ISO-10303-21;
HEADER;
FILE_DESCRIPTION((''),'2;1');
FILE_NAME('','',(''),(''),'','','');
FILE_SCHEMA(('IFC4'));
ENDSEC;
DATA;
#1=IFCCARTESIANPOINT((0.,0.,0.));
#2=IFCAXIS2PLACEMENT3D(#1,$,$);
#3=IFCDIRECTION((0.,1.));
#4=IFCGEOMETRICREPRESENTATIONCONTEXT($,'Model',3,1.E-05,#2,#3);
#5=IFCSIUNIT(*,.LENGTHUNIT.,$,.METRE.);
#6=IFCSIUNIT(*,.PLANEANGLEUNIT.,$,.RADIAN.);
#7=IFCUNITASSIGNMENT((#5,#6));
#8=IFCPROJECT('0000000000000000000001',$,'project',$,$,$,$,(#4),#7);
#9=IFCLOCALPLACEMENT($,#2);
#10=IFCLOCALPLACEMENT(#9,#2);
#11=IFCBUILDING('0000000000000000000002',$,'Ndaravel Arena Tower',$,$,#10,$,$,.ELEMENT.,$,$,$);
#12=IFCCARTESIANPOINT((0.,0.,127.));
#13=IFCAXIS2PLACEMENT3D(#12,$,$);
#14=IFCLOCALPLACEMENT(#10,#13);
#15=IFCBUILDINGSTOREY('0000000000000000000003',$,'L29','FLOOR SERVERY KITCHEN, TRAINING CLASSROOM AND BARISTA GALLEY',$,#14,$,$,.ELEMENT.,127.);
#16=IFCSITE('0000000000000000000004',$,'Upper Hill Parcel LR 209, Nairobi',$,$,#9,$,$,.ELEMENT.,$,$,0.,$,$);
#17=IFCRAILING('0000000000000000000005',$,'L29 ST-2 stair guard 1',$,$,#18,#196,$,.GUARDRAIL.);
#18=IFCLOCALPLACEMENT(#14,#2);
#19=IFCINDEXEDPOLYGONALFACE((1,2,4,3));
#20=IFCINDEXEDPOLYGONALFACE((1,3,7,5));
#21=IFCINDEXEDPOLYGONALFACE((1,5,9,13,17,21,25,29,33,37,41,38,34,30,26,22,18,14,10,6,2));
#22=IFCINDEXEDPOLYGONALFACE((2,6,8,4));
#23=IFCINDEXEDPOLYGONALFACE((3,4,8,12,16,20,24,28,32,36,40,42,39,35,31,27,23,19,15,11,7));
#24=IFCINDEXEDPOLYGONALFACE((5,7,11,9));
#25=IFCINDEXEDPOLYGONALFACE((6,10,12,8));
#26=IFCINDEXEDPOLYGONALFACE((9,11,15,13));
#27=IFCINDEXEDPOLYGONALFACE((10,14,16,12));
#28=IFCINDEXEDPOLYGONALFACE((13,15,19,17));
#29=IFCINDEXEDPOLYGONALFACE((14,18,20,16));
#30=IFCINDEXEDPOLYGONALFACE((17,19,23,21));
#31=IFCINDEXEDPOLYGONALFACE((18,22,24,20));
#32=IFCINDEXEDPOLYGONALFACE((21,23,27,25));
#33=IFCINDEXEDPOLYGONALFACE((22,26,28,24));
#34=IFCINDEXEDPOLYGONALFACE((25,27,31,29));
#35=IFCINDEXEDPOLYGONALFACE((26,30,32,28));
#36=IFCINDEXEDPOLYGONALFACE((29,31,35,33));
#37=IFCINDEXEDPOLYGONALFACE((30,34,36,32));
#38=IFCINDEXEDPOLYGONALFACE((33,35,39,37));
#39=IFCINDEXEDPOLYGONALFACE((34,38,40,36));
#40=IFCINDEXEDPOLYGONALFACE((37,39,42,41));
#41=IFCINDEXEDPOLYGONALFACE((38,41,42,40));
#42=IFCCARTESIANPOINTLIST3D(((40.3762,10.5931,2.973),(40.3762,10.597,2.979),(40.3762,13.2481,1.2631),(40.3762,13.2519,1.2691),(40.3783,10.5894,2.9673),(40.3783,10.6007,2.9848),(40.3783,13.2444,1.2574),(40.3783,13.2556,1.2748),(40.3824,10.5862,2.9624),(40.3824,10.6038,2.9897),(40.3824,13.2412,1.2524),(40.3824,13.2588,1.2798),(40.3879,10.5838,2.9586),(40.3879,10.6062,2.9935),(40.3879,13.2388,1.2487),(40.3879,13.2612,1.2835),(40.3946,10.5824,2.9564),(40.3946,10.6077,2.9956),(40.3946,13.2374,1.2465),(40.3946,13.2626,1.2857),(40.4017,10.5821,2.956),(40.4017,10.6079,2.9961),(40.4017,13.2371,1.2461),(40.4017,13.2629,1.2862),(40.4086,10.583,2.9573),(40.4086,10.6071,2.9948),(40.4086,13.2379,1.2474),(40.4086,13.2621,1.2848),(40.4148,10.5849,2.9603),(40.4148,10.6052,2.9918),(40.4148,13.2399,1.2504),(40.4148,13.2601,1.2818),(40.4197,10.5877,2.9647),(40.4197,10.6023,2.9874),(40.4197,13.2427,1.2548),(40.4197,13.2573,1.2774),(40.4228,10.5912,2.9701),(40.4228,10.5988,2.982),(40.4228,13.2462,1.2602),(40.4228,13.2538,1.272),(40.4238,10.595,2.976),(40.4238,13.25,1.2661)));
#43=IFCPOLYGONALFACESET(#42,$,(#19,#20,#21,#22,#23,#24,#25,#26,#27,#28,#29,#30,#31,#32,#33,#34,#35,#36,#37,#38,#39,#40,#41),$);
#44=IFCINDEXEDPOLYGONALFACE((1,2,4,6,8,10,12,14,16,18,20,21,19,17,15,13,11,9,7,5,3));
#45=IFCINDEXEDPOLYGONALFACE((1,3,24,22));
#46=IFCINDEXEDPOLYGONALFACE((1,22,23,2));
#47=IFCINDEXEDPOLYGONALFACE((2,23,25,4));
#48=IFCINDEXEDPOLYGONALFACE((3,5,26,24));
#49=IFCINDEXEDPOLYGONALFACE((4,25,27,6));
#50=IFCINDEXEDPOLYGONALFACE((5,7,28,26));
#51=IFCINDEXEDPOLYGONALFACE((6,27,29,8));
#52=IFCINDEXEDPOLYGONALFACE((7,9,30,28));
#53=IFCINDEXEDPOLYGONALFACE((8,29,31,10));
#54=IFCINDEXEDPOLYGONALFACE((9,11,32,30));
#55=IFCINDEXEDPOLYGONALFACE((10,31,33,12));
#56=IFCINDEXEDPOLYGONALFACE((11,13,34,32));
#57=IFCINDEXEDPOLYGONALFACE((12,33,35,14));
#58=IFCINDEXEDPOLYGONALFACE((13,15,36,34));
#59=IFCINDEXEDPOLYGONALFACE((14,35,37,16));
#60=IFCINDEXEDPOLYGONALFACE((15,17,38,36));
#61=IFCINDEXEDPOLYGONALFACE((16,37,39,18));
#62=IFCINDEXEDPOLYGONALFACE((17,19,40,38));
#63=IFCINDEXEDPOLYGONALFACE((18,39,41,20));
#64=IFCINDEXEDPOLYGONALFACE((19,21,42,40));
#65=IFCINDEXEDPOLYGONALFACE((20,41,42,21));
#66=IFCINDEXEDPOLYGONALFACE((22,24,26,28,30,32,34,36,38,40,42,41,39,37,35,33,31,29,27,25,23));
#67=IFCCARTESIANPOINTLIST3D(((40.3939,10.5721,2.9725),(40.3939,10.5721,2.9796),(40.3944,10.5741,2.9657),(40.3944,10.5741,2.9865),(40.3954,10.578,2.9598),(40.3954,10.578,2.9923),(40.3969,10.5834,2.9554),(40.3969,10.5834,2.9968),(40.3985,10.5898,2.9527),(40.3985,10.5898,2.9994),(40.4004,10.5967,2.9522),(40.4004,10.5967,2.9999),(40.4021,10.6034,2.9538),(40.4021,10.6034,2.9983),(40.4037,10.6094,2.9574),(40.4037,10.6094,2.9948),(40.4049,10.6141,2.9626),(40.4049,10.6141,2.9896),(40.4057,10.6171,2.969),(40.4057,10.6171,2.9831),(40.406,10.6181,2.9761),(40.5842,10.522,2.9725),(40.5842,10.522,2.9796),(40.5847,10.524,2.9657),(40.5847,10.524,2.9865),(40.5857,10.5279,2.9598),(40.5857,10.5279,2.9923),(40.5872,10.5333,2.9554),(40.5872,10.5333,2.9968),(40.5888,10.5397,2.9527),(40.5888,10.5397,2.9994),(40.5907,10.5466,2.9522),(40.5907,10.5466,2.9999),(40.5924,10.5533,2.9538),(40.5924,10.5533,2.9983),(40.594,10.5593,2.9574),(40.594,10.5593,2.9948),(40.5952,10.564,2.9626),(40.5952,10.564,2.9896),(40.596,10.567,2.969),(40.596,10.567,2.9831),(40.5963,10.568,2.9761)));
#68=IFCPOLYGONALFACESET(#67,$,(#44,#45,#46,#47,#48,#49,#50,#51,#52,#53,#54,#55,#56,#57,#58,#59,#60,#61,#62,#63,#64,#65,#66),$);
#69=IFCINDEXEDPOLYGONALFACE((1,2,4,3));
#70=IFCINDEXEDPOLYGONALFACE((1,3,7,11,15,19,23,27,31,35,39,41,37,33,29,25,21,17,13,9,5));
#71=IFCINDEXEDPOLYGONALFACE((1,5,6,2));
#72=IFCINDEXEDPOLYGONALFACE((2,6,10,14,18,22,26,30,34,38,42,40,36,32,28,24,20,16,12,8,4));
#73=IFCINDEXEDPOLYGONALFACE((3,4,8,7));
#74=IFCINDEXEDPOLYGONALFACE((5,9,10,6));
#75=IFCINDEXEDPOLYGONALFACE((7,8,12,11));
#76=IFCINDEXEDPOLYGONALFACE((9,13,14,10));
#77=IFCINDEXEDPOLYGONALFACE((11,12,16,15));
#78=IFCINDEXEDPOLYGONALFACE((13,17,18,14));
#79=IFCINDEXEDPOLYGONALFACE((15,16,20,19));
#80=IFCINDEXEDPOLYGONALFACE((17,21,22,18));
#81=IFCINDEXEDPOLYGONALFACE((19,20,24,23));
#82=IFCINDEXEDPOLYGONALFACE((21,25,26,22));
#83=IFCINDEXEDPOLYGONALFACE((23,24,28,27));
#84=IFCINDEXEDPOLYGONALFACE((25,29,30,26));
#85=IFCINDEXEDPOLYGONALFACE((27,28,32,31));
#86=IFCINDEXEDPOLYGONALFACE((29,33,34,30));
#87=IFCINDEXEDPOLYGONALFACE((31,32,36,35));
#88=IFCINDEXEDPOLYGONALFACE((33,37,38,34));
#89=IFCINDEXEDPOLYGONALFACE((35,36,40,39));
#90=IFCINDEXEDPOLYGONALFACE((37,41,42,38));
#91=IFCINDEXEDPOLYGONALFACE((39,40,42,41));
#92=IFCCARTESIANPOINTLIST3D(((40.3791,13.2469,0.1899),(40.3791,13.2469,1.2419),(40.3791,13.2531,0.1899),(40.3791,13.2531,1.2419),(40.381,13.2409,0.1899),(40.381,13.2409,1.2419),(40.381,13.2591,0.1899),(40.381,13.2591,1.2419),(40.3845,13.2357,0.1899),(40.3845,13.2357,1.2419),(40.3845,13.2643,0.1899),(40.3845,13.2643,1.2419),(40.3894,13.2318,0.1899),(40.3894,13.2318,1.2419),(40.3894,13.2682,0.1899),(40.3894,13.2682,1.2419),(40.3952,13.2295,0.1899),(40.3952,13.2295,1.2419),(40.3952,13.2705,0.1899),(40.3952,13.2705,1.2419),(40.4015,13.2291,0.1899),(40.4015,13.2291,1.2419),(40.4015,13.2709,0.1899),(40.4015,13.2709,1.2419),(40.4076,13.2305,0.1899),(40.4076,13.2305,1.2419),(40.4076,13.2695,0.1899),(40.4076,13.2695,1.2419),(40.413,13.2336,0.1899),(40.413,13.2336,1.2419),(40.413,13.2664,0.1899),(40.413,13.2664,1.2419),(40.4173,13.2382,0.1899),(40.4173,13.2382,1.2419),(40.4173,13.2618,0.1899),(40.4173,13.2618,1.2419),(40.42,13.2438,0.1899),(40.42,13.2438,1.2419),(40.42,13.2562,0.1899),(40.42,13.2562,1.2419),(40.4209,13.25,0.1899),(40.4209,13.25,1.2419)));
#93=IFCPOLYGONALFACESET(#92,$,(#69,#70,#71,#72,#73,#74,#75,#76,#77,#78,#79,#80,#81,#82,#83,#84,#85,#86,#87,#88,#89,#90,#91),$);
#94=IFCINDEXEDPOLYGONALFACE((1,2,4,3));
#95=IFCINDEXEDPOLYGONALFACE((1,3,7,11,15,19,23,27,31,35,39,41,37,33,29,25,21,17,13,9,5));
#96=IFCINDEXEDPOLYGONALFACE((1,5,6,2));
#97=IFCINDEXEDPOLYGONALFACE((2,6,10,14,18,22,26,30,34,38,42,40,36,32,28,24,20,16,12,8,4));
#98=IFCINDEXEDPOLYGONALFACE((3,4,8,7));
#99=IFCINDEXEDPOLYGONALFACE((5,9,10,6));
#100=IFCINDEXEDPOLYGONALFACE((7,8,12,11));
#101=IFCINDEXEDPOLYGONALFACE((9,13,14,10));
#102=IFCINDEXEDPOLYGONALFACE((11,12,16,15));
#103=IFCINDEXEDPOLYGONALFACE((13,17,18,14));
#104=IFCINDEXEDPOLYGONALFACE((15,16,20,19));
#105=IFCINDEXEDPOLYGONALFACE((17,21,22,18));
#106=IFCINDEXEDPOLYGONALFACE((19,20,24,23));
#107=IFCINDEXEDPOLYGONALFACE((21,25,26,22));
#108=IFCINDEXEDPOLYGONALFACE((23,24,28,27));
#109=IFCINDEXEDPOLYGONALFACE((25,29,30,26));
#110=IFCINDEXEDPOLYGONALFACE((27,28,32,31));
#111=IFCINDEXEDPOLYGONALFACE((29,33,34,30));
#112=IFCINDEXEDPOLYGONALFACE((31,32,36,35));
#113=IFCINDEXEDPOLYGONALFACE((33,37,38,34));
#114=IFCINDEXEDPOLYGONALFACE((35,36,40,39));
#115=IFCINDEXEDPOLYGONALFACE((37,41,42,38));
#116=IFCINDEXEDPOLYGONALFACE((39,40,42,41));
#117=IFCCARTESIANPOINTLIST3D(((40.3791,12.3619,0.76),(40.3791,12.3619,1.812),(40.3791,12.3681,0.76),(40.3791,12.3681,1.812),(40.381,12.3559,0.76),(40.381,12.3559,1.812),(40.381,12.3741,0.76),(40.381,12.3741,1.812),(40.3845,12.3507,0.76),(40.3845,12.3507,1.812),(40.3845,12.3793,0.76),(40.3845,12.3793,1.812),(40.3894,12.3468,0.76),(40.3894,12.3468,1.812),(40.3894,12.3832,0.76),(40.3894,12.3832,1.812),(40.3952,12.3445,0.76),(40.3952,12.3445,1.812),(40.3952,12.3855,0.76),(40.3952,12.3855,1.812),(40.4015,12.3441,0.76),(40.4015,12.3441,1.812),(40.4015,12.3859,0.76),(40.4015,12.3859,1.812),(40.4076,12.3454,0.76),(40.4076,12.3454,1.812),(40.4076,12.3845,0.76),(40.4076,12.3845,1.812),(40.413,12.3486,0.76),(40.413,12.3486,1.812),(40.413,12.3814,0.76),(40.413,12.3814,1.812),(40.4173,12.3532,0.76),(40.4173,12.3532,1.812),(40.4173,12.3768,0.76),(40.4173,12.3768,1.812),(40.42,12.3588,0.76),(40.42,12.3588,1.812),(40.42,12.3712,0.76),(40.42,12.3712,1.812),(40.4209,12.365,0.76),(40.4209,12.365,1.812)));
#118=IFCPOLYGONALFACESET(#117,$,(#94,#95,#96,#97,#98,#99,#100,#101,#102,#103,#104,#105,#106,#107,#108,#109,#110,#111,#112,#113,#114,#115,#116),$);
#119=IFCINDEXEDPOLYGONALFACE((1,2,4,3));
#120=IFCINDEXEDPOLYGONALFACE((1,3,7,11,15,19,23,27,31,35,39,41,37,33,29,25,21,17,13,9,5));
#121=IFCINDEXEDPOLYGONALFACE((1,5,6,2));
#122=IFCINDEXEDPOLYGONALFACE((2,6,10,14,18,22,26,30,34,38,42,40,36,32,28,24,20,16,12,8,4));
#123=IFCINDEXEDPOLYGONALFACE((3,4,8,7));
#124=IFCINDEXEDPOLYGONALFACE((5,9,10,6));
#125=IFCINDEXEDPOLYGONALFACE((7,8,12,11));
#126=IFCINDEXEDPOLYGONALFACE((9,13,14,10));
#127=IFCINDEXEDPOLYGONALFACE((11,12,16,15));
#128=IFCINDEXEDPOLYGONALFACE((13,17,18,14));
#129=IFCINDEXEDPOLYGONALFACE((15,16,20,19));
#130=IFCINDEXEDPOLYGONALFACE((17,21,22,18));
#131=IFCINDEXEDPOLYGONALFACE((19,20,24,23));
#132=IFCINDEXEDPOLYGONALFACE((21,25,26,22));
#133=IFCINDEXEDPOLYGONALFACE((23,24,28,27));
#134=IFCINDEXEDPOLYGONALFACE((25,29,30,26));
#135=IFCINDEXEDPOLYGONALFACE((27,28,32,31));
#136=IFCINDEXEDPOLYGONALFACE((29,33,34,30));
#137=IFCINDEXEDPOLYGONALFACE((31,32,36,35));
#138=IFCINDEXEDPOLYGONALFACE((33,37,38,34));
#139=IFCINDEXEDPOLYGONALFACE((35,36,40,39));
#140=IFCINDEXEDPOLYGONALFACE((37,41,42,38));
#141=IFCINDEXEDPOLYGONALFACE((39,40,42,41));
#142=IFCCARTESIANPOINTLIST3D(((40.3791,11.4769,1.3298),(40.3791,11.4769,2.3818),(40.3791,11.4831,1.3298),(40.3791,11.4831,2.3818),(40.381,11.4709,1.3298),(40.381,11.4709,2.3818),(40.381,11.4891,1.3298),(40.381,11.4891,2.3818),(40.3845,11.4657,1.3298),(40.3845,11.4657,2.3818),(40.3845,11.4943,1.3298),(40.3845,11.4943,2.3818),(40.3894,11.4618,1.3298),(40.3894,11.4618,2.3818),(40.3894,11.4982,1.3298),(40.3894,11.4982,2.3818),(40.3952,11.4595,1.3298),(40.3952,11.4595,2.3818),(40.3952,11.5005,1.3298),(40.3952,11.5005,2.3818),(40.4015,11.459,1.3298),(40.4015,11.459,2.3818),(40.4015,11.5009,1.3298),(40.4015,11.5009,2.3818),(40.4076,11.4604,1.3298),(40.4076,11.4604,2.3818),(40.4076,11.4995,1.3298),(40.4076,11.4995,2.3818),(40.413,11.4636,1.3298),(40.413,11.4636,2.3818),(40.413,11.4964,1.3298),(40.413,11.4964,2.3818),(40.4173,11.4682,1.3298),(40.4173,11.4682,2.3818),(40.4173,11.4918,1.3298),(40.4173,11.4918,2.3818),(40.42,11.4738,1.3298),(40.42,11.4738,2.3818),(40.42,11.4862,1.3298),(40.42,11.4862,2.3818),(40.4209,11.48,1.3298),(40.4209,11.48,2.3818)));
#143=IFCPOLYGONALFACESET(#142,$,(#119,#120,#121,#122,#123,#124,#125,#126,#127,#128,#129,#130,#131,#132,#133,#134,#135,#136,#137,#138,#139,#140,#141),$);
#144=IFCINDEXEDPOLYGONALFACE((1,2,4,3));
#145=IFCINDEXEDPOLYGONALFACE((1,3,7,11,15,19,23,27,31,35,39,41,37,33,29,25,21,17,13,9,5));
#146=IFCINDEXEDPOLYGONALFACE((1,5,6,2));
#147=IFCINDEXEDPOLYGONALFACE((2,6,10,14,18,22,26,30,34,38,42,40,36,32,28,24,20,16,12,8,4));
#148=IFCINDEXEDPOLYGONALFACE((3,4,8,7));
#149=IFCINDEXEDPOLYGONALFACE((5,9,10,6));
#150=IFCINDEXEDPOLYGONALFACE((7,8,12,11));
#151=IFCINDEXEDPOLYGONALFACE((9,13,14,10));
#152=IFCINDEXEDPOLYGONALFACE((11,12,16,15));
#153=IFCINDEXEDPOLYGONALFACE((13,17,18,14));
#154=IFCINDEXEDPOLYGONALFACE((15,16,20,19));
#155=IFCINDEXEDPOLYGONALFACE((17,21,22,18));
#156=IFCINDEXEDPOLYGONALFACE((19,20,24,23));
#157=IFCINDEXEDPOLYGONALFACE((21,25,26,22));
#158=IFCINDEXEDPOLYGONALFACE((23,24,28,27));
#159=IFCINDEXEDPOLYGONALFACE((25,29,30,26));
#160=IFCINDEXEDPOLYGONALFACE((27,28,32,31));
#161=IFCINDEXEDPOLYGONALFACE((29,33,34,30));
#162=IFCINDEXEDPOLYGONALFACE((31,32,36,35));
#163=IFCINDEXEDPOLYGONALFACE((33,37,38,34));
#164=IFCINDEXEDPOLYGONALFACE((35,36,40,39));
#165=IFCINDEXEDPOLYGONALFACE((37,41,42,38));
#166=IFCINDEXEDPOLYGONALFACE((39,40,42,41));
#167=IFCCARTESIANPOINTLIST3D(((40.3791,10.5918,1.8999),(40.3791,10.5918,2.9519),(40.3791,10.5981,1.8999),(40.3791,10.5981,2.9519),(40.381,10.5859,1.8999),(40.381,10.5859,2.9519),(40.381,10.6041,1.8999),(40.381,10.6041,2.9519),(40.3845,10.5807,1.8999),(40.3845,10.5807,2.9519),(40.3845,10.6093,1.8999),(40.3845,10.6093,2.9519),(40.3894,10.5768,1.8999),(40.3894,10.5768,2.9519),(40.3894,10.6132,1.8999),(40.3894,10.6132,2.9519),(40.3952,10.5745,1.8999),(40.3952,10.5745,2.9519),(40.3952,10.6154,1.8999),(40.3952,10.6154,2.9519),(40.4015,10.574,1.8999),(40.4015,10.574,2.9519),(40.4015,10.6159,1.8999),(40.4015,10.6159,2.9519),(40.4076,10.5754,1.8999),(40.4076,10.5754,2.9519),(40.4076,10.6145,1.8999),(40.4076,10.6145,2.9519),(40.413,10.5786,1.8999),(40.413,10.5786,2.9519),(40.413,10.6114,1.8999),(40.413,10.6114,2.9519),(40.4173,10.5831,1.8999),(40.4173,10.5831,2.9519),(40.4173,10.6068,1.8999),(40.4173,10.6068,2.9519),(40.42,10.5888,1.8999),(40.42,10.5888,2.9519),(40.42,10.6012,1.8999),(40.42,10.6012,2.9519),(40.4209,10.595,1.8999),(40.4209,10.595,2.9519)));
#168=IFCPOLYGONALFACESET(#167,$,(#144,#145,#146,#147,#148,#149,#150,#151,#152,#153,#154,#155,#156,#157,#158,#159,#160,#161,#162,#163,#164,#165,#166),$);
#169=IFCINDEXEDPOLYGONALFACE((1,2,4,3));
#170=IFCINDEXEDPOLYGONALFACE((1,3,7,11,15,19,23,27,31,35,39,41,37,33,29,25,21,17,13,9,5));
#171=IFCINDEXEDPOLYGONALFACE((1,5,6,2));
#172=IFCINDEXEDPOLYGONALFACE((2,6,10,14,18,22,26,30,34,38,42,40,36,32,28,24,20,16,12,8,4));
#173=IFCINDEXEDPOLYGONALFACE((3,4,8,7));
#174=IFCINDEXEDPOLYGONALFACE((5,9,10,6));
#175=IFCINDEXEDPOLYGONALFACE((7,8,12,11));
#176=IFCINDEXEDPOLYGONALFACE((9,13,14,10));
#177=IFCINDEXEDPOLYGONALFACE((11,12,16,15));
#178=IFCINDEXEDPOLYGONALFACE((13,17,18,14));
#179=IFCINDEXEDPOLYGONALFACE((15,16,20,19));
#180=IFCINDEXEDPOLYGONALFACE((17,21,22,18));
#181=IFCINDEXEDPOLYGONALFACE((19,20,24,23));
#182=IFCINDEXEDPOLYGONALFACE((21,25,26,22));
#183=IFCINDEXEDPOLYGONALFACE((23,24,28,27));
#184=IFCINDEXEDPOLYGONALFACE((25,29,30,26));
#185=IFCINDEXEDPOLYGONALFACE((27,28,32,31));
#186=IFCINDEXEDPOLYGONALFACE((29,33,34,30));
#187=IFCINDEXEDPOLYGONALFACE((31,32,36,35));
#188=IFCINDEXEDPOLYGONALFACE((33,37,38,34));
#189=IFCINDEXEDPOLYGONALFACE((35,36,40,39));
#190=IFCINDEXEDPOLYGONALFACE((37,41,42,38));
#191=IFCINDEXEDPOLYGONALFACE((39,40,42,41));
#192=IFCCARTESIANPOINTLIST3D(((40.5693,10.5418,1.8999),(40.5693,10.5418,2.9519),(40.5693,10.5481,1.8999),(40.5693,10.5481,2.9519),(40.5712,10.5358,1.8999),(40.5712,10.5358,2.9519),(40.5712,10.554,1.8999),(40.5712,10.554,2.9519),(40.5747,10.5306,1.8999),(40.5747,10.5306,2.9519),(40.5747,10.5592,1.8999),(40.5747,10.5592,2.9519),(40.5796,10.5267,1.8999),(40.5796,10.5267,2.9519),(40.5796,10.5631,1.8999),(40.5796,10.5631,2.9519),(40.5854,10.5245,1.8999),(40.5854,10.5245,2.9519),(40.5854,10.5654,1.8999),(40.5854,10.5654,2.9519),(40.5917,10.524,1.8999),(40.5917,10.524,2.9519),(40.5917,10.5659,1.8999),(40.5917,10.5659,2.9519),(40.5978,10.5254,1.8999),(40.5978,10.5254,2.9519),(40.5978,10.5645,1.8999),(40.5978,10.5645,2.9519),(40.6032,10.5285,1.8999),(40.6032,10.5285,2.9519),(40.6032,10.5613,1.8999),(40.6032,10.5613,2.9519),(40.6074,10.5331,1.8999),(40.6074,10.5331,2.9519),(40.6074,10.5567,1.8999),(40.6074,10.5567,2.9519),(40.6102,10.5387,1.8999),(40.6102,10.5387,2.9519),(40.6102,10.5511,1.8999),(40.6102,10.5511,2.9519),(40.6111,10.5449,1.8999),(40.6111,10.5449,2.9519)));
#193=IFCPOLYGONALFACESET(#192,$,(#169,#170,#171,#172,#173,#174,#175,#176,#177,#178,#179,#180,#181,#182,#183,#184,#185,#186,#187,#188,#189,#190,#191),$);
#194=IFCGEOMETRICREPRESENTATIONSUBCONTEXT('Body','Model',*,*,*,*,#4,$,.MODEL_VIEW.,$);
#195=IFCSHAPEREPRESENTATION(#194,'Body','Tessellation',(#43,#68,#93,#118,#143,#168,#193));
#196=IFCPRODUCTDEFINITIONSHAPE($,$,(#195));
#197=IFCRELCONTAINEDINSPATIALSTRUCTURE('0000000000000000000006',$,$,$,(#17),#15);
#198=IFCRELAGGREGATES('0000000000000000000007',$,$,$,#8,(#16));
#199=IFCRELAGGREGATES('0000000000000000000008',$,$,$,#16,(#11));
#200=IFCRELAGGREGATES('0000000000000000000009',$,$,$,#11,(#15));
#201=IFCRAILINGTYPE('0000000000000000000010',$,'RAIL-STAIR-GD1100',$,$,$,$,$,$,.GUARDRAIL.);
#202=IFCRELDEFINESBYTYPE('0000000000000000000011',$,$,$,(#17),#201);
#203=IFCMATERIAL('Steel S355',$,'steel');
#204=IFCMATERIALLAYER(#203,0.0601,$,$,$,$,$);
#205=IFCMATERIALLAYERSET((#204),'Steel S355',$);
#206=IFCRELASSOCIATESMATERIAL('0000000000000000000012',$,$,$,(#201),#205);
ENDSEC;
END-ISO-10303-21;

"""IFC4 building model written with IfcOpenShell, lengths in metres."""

from ifc_helpers import new_model, si_unit, direction, frame, origin, origin_2d, place, context, subcontext, project, spatial, circle, extrude, material, layer, layer_set, type_object, element, save


model = new_model("IFC4")

# Units and contexts
model_context = context("Model", 3, precision=1e-05, world=origin(), true_north=direction((0.0, 1.0)))
body_context = subcontext(model_context, "Body", "Model", "MODEL_VIEW")
ifc_project = project(units=[si_unit("LENGTHUNIT", "METRE"), si_unit("PLANEANGLEUNIT", "RADIAN")], contexts=[model_context])

# Site, building, storey
site_placement = place(None, origin())
site = spatial("IfcSite", under=ifc_project, at=site_placement, Name="Upper Hill Parcel LR 209, Nairobi", CompositionType="ELEMENT", RefElevation=0.0)
building_placement = place(site_placement, origin())
building = spatial("IfcBuilding", under=site, at=building_placement, Name="Ndaravel Arena Tower", CompositionType="ELEMENT")
storey_placement = place(building_placement, frame((0.0, 0.0, 127.0)))
storey = spatial("IfcBuildingStorey", under=building, at=storey_placement, Name="L29", Description="FLOOR SERVERY KITCHEN, TRAINING CLASSROOM AND BARISTA GALLEY", CompositionType="ELEMENT", Elevation=127.0)

# Railing
ifc_material_1 = material(Name="Steel S355", Category="steel")
ifc_layer_1 = layer(ifc_material_1, 0.0601)
ifc_layer_set_1 = layer_set([ifc_layer_1], Name="Steel S355")
railing_type_1 = type_object("IfcRailingType", Name="RAIL-STAIR-GD1100", PredefinedType="GUARDRAIL", material=ifc_layer_set_1)
railing_1_placement = place(storey_placement, frame((40.3999, 13.25, 0.1899)))
element("IfcRailing", 1, at=railing_1_placement, inside=storey, type_object=railing_type_1, Name="L29 ST-2 stair guard 1", PredefinedType="GUARDRAIL", context=body_context, shape_type="SweptSolid", body=[
    extrude(circle(Radius=0.0239, at=origin_2d()), frame((0.0, 0.0, 1.0762), z_axis=(0.0, -0.840724, 0.541465), x_axis=(1.0, 0.0, 0.0)), (0.0, 0.0, 1.0), 3.158),
    extrude(circle(Radius=0.0239, at=origin_2d()), frame((0.0, -2.655, 2.7861), z_axis=(0.967075, -0.254493, 0.0), x_axis=(0.254493, 0.967075, 0.0)), (0.0, 0.0, 1.0), 0.1968),
    extrude(circle(Radius=0.021, at=origin_2d()), origin(), (0.0, 0.0, 1.0), 1.052),
    extrude(circle(Radius=0.021, at=origin_2d()), frame((0.0, -0.885, 0.5701)), (0.0, 0.0, 1.0), 1.052),
    extrude(circle(Radius=0.021, at=origin_2d()), frame((0.0, -1.77, 1.1399)), (0.0, 0.0, 1.0), 1.052),
    extrude(circle(Radius=0.021, at=origin_2d()), frame((0.0, -2.655, 1.71)), (0.0, 0.0, 1.0), 1.052),
    extrude(circle(Radius=0.021, at=origin_2d()), frame((0.1902, -2.7051, 1.71)), (0.0, 0.0, 1.0), 1.052),
])

save(model, "model.ifc")
